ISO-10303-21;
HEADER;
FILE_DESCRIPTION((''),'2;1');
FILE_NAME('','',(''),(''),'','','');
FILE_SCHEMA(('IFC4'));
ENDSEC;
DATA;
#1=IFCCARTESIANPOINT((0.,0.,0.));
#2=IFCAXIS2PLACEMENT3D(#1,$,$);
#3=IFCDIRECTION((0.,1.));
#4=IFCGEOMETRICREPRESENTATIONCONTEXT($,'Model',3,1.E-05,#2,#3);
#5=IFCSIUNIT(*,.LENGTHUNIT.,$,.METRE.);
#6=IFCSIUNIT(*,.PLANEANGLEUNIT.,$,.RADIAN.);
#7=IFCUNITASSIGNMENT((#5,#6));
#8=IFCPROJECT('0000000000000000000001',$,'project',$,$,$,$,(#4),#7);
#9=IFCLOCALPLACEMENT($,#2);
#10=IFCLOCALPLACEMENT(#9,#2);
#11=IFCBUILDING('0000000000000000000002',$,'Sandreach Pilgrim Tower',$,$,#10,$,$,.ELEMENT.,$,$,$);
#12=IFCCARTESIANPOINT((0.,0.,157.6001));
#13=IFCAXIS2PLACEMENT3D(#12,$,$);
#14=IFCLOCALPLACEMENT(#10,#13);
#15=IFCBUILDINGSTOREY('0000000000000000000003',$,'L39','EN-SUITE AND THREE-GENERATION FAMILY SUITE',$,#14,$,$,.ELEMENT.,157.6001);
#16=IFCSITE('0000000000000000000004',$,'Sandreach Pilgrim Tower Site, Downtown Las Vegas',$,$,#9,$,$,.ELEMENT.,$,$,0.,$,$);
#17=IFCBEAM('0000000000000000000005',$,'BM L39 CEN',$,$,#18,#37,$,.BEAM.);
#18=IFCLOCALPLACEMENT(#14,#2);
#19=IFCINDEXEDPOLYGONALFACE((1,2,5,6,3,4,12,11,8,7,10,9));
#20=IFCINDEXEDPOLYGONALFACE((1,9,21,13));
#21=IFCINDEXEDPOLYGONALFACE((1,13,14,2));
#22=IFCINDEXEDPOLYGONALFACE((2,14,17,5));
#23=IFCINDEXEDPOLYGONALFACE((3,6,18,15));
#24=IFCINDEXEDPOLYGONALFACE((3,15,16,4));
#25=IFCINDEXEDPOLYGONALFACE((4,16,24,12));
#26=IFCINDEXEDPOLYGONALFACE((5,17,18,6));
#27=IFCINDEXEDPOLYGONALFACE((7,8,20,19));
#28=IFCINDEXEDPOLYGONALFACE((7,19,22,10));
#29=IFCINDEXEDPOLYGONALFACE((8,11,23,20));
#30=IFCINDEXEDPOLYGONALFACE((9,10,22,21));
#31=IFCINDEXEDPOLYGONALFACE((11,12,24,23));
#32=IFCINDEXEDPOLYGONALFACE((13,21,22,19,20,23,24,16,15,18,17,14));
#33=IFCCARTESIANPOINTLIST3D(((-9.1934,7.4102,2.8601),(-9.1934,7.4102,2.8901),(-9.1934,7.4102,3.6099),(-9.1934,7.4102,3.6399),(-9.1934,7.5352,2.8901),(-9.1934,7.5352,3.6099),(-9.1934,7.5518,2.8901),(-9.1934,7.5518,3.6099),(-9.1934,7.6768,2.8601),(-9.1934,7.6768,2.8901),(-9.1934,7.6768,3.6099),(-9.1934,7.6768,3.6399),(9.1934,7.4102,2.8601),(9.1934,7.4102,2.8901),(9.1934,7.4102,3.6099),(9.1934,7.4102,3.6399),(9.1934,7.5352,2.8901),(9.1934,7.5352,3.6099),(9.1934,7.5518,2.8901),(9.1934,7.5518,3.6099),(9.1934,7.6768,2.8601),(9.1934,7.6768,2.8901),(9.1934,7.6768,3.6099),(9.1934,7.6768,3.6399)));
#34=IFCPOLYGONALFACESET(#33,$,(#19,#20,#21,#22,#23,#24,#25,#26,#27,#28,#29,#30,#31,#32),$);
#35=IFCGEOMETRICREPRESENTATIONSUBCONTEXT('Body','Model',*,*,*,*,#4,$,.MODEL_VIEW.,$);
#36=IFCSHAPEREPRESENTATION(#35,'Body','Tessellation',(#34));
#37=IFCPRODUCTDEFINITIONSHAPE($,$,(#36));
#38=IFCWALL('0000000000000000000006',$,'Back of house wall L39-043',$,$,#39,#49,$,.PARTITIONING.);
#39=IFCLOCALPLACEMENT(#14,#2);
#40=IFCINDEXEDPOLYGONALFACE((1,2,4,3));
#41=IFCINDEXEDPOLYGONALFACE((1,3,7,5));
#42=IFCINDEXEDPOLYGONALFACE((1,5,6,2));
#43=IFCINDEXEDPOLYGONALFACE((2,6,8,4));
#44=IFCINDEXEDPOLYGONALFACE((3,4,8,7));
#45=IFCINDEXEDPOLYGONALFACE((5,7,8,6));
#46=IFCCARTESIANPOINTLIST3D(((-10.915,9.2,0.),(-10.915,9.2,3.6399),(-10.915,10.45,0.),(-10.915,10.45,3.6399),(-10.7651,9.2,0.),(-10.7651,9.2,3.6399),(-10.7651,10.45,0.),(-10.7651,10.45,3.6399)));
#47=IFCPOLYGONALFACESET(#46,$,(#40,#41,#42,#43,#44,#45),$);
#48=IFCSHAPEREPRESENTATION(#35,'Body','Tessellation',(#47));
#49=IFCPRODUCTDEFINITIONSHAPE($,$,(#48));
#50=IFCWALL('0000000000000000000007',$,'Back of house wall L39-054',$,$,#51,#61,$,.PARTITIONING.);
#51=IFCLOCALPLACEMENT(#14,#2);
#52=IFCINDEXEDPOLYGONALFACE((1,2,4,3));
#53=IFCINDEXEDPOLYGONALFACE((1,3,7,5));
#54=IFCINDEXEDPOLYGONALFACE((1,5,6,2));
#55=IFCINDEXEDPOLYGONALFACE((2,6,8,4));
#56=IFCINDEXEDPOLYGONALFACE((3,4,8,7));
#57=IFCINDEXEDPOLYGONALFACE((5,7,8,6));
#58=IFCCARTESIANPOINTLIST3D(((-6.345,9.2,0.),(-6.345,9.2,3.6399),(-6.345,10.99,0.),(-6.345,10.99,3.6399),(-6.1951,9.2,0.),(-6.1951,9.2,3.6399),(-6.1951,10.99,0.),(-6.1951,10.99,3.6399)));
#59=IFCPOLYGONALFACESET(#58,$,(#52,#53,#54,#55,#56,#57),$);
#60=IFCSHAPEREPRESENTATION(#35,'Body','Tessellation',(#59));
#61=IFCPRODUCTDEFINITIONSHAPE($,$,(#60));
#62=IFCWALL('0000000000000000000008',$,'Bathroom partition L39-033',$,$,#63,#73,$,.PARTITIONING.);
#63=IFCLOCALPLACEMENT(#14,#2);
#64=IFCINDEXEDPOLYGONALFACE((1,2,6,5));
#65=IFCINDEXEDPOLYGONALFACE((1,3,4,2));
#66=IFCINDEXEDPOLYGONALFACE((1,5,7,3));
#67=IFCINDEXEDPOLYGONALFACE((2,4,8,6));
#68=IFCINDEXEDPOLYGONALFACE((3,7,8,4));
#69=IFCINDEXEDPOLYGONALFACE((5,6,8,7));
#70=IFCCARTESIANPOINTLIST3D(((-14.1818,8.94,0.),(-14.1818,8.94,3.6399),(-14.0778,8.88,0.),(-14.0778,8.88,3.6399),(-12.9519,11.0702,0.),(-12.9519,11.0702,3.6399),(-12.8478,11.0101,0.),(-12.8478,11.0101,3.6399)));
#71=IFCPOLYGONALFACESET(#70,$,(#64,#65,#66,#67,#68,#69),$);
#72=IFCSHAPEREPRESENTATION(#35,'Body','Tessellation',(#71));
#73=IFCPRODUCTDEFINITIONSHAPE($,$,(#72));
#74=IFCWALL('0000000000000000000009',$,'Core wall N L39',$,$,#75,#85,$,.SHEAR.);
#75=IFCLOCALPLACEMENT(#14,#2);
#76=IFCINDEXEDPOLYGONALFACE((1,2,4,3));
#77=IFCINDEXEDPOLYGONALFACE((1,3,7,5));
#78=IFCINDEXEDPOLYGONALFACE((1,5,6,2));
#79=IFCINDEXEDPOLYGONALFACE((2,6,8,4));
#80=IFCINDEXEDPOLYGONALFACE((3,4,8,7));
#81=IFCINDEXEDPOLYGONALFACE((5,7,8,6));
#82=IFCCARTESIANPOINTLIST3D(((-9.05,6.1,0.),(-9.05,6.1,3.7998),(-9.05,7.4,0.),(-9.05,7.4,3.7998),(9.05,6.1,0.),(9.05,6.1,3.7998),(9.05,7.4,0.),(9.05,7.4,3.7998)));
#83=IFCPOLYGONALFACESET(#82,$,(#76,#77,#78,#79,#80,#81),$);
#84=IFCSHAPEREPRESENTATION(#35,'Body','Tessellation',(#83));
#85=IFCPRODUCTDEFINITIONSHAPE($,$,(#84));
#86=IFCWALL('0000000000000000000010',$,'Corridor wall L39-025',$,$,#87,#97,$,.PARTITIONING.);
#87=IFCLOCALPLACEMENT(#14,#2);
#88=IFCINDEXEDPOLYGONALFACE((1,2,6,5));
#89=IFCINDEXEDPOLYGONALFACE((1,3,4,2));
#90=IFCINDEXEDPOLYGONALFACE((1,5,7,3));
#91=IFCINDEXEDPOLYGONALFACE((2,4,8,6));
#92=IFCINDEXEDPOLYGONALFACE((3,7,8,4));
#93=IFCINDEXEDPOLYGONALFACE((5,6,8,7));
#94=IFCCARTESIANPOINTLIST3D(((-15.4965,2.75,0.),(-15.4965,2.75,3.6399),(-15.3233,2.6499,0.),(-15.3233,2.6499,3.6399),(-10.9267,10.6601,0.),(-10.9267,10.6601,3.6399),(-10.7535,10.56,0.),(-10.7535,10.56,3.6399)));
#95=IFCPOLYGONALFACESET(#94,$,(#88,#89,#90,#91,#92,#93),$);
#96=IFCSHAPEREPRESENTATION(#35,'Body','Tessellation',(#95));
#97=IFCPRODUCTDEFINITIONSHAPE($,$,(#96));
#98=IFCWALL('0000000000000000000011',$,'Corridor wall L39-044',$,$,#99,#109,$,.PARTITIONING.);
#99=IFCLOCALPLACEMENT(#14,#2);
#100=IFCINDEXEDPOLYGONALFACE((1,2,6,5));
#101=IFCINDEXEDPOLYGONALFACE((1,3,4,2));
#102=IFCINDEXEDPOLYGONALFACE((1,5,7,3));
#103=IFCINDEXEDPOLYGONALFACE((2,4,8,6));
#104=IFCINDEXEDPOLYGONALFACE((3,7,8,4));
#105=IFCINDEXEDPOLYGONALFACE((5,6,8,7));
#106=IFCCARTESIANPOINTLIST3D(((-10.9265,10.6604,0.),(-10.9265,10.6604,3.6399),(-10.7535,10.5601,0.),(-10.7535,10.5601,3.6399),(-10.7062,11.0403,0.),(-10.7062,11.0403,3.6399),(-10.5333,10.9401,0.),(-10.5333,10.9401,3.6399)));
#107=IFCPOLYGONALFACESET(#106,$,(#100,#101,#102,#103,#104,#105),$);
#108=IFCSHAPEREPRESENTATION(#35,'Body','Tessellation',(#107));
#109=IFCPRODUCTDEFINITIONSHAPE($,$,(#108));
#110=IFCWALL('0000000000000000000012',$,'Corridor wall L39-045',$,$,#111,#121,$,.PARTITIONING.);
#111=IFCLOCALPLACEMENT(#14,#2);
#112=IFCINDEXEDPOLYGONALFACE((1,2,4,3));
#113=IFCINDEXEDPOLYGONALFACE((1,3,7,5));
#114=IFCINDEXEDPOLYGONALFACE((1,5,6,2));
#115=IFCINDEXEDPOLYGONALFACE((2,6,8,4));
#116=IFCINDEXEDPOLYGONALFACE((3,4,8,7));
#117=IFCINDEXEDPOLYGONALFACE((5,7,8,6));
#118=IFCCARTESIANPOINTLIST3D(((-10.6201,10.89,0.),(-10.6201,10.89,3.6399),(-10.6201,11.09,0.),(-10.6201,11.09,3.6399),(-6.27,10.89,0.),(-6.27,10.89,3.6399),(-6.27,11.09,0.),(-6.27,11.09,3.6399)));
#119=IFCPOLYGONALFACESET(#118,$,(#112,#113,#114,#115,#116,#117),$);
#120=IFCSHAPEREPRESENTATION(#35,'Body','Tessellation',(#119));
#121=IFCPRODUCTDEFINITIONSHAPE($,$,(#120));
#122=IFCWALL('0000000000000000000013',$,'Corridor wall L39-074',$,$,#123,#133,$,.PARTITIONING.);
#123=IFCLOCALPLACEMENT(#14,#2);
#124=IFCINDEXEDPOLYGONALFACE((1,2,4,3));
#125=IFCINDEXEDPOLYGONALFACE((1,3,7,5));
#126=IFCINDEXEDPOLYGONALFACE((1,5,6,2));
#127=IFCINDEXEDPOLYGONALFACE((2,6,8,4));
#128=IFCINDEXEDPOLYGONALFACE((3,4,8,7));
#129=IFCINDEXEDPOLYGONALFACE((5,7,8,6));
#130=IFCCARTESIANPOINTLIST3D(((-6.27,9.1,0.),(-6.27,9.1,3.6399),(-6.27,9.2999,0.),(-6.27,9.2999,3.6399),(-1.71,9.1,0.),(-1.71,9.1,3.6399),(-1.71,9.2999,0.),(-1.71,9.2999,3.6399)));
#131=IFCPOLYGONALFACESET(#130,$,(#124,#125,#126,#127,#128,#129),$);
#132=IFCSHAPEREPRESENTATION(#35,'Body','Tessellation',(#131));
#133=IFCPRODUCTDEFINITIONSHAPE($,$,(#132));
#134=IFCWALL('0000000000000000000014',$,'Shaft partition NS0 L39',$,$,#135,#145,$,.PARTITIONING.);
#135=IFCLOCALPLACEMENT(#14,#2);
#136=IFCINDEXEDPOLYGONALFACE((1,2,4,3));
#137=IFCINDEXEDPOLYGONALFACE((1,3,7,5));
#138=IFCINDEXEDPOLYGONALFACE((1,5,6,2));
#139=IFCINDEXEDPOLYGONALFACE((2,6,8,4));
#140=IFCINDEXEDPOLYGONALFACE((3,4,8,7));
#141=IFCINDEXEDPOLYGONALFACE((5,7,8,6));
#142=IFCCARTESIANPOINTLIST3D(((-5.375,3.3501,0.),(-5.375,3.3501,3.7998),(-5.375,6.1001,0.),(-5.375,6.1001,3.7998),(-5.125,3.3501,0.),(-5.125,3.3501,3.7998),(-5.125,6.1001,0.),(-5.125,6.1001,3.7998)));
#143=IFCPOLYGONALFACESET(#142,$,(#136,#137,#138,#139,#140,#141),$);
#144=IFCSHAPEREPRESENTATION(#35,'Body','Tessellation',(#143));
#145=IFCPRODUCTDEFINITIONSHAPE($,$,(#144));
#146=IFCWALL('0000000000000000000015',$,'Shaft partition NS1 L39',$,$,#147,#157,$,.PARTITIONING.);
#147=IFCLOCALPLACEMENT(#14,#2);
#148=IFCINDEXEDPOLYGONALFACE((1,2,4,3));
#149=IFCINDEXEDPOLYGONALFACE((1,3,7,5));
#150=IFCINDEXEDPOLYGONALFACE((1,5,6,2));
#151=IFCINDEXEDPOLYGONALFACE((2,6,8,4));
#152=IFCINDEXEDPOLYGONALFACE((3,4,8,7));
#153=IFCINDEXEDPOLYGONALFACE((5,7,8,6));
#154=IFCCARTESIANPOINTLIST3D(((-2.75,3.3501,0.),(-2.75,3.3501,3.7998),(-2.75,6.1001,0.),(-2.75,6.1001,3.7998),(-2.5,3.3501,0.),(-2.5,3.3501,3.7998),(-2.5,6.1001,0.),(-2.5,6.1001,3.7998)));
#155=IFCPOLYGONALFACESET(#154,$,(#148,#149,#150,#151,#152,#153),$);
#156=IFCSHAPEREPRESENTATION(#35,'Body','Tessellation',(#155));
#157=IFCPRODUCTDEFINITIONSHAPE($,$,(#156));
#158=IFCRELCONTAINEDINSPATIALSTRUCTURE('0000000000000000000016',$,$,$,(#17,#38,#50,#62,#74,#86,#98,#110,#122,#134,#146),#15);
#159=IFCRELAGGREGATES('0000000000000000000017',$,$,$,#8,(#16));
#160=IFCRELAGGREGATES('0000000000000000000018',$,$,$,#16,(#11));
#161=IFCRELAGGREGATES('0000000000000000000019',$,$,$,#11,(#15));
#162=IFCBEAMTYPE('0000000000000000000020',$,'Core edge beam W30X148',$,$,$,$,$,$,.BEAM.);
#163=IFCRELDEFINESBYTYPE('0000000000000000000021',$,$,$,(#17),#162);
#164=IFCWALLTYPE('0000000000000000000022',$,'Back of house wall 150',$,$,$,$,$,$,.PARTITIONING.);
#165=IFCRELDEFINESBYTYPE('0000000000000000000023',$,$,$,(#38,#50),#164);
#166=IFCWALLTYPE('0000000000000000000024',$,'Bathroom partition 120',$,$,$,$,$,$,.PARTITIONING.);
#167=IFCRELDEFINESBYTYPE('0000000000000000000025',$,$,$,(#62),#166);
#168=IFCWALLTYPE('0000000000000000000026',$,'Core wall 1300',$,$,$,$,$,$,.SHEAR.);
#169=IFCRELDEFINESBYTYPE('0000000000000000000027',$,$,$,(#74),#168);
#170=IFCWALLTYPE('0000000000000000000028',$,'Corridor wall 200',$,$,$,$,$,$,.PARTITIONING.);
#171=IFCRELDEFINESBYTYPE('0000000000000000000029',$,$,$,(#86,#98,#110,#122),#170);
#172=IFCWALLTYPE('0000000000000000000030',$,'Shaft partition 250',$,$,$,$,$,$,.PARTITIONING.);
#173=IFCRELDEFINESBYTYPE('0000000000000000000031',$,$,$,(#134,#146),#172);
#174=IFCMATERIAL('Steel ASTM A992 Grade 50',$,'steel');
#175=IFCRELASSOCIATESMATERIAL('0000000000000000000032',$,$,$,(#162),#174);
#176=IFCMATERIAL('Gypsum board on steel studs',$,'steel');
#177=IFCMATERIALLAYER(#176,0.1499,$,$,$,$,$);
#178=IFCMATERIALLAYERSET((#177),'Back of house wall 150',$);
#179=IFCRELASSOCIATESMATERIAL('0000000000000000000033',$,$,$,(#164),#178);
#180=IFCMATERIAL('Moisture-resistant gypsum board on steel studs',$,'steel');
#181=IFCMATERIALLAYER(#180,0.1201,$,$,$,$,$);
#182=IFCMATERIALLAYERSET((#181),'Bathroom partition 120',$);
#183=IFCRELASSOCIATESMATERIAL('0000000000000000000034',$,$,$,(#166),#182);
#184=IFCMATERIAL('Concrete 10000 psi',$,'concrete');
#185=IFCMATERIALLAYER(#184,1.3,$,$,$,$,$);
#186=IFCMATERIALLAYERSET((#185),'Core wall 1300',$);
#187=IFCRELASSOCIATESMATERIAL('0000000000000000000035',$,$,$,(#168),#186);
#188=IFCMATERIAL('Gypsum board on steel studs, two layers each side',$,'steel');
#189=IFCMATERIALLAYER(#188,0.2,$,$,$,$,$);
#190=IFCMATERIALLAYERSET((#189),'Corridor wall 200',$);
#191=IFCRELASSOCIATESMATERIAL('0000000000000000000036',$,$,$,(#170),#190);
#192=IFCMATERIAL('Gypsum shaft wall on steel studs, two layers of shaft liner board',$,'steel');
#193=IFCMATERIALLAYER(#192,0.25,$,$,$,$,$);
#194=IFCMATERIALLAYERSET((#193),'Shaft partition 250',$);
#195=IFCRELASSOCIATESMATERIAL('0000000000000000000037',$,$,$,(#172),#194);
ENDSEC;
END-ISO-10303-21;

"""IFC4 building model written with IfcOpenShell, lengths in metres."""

from ifc_helpers import new_model, si_unit, direction, frame, frame_2d, origin, origin_2d, place, context, subcontext, project, spatial, rectangle, i_section, extrude, material, layer, layer_set, material_profile, profile_set, type_object, element, save


model = new_model("IFC4")

# Units and contexts
model_context = context("Model", 3, precision=1e-05, world=origin(), true_north=direction((0.0, 1.0)))
body_context = subcontext(model_context, "Body", "Model", "MODEL_VIEW")
ifc_project = project(units=[si_unit("LENGTHUNIT", "METRE"), si_unit("PLANEANGLEUNIT", "RADIAN")], contexts=[model_context])

# Site, building, storey
site_placement = place(None, origin())
site = spatial("IfcSite", under=ifc_project, at=site_placement, Name="Sandreach Pilgrim Tower Site, Downtown Las Vegas", CompositionType="ELEMENT", RefElevation=0.0)
building_placement = place(site_placement, origin())
building = spatial("IfcBuilding", under=site, at=building_placement, Name="Sandreach Pilgrim Tower", CompositionType="ELEMENT")
storey_placement = place(building_placement, frame((0.0, 0.0, 157.6001)))
storey = spatial("IfcBuildingStorey", under=building, at=storey_placement, Name="L39", Description="EN-SUITE AND THREE-GENERATION FAMILY SUITE", CompositionType="ELEMENT", Elevation=157.6001)

# Beam
ifc_material_1 = material(Name="Steel ASTM A992 Grade 50", Category="steel")
ifc_material_profile = material_profile(ifc_material_1, i_section(OverallWidth=0.2666, OverallDepth=0.7798, WebThickness=0.0166, FlangeThickness=0.03, at=origin_2d()), Name="W30X148")
ifc_profile_set = profile_set([ifc_material_profile], Name="Steel ASTM A992 Grade 50")
beam_type = type_object("IfcBeamType", Name="Core edge beam W30X148", PredefinedType="BEAM", material=ifc_profile_set)
beam_placement = place(storey_placement, frame((-9.1934, 7.5435, 3.25), z_axis=(1.0, 0.0, 0.0), x_axis=(0.0, 1.0, 0.0)))
element("IfcBeam", 1, at=beam_placement, inside=storey, type_object=beam_type, Name="BM L39 CEN", PredefinedType="BEAM", context=body_context, shape_type="SweptSolid", body=[
    extrude(i_section(OverallWidth=0.2666, OverallDepth=0.7798, WebThickness=0.0166, FlangeThickness=0.03, at=origin_2d()), origin(), (0.0, 0.0, 1.0), 18.3867),
])

# Walls
ifc_material_2 = material(Name="Gypsum board on steel studs", Category="steel")
ifc_layer_1 = layer(ifc_material_2, 0.1499)
ifc_layer_set_1 = layer_set([ifc_layer_1], Name="Back of house wall 150")
wall_type_1 = type_object("IfcWallType", Name="Back of house wall 150", PredefinedType="PARTITIONING", material=ifc_layer_set_1)
wall_1_placement = place(storey_placement, frame((-10.8401, 10.45, 0.0), z_axis=(0.0, 0.0, 1.0), x_axis=(0.0, -1.0, 0.0)))
element("IfcWall", 2, at=wall_1_placement, inside=storey, type_object=wall_type_1, Name="Back of house wall L39-043", PredefinedType="PARTITIONING", context=body_context, shape_type="SweptSolid", body=[
    extrude(rectangle(XDim=1.25, YDim=0.1499, at=frame_2d((0.625, 0.0))), origin(), (0.0, 0.0, 1.0), 3.6399),
])
wall_2_placement = place(storey_placement, frame((-6.27, 10.99, 0.0), z_axis=(0.0, 0.0, 1.0), x_axis=(0.0, -1.0, 0.0)))
element("IfcWall", 3, at=wall_2_placement, inside=storey, type_object=wall_type_1, Name="Back of house wall L39-054", PredefinedType="PARTITIONING", context=body_context, shape_type="SweptSolid", body=[
    extrude(rectangle(XDim=1.79, YDim=0.1499, at=frame_2d((0.895, 0.0))), origin(), (0.0, 0.0, 1.0), 3.6399),
])
ifc_material_3 = material(Name="Moisture-resistant gypsum board on steel studs", Category="steel")
ifc_layer_2 = layer(ifc_material_3, 0.1201)
ifc_layer_set_2 = layer_set([ifc_layer_2], Name="Bathroom partition 120")
wall_type_2 = type_object("IfcWallType", Name="Bathroom partition 120", PredefinedType="PARTITIONING", material=ifc_layer_set_2)
wall_3_placement = place(storey_placement, frame((-14.1299, 8.9099, 0.0), z_axis=(0.0, 0.0, 1.0), x_axis=(0.500046, 0.865999, 0.0)))
element("IfcWall", 4, at=wall_3_placement, inside=storey, type_object=wall_type_2, Name="Bathroom partition L39-033", PredefinedType="PARTITIONING", context=body_context, shape_type="SweptSolid", body=[
    extrude(rectangle(XDim=2.4597, YDim=0.1201, at=frame_2d((1.23, 0.0))), origin(), (0.0, 0.0, 1.0), 3.6399),
])

# Walls
ifc_material_4 = material(Name="Concrete 10000 psi", Category="concrete")
ifc_layer_3 = layer(ifc_material_4, 1.3)
ifc_layer_set_3 = layer_set([ifc_layer_3], Name="Core wall 1300")
wall_type_3 = type_object("IfcWallType", Name="Core wall 1300", PredefinedType="SHEAR", material=ifc_layer_set_3)
wall_4_placement = place(storey_placement, frame((-9.05, 6.75, 0.0), z_axis=(0.0, 0.0, 1.0), x_axis=(1.0, 0.0, 0.0)))
element("IfcWall", 5, at=wall_4_placement, inside=storey, type_object=wall_type_3, Name="Core wall N L39", PredefinedType="SHEAR", context=body_context, shape_type="SweptSolid", body=[
    extrude(rectangle(XDim=18.1001, YDim=1.3, at=frame_2d((9.05, 0.0))), origin(), (0.0, 0.0, 1.0), 3.7998),
])
ifc_material_5 = material(Name="Gypsum board on steel studs, two layers each side", Category="steel")
ifc_layer_4 = layer(ifc_material_5, 0.2)
ifc_layer_set_4 = layer_set([ifc_layer_4], Name="Corridor wall 200")
wall_type_4 = type_object("IfcWallType", Name="Corridor wall 200", PredefinedType="PARTITIONING", material=ifc_layer_set_4)
wall_5_placement = place(storey_placement, frame((-15.4099, 2.7, 0.0), z_axis=(0.0, 0.0, 1.0), x_axis=(0.500238, 0.865888, 0.0)))
element("IfcWall", 6, at=wall_5_placement, inside=storey, type_object=wall_type_4, Name="Corridor wall L39-025", PredefinedType="PARTITIONING", context=body_context, shape_type="SweptSolid", body=[
    extrude(rectangle(XDim=9.1353, YDim=0.2, at=frame_2d((4.5676, 0.0))), origin(), (0.0, 0.0, 1.0), 3.6399),
])

# Walls
wall_6_placement = place(storey_placement, frame((-10.8401, 10.6101, 0.0), z_axis=(0.0, 0.0, 1.0), x_axis=(0.501518, 0.865147, 0.0)))
element("IfcWall", 7, at=wall_6_placement, inside=storey, type_object=wall_type_4, Name="Corridor wall L39-044", PredefinedType="PARTITIONING", context=body_context, shape_type="SweptSolid", body=[
    extrude(rectangle(XDim=0.4392, YDim=0.2, at=frame_2d((0.2197, 0.0))), origin(), (0.0, 0.0, 1.0), 3.6399),
])
wall_7_placement = place(storey_placement, frame((-10.6201, 10.99, 0.0), z_axis=(0.0, 0.0, 1.0), x_axis=(1.0, 0.0, 0.0)))
element("IfcWall", 8, at=wall_7_placement, inside=storey, type_object=wall_type_4, Name="Corridor wall L39-045", PredefinedType="PARTITIONING", context=body_context, shape_type="SweptSolid", body=[
    extrude(rectangle(XDim=4.3501, YDim=0.2, at=frame_2d((2.175, 0.0))), origin(), (0.0, 0.0, 1.0), 3.6399),
])

# Walls
wall_8_placement = place(storey_placement, frame((-1.71, 9.2, 0.0), z_axis=(0.0, 0.0, 1.0), x_axis=(-1.0, 0.0, 0.0)))
element("IfcWall", 9, at=wall_8_placement, inside=storey, type_object=wall_type_4, Name="Corridor wall L39-074", PredefinedType="PARTITIONING", context=body_context, shape_type="SweptSolid", body=[
    extrude(rectangle(XDim=4.5601, YDim=0.2, at=frame_2d((2.28, 0.0))), origin(), (0.0, 0.0, 1.0), 3.6399),
])
ifc_material_6 = material(Name="Gypsum shaft wall on steel studs, two layers of shaft liner board", Category="steel")
ifc_layer_5 = layer(ifc_material_6, 0.25)
ifc_layer_set_5 = layer_set([ifc_layer_5], Name="Shaft partition 250")
wall_type_5 = type_object("IfcWallType", Name="Shaft partition 250", PredefinedType="PARTITIONING", material=ifc_layer_set_5)
for number, where, z_axis, x_axis, name in (
    (10, (-5.25, 3.3501, 0.0), (0.0, 0.0, 1.0), (0.0, 1.0, 0.0), "Shaft partition NS0 L39"),
    (11, (-2.625, 3.3501, 0.0), (0.0, 0.0, 1.0), (0.0, 1.0, 0.0), "Shaft partition NS1 L39"),
):
    element("IfcWall", number, at=place(storey_placement, frame(where, z_axis=z_axis, x_axis=x_axis)), inside=storey, type_object=wall_type_5, Name=name, PredefinedType="PARTITIONING", context=body_context, shape_type="SweptSolid", body=[
        extrude(rectangle(XDim=2.75, YDim=0.25, at=frame_2d((1.375, 0.0))), origin(), (0.0, 0.0, 1.0), 3.7998),
    ])

save(model, "model.ifc")
